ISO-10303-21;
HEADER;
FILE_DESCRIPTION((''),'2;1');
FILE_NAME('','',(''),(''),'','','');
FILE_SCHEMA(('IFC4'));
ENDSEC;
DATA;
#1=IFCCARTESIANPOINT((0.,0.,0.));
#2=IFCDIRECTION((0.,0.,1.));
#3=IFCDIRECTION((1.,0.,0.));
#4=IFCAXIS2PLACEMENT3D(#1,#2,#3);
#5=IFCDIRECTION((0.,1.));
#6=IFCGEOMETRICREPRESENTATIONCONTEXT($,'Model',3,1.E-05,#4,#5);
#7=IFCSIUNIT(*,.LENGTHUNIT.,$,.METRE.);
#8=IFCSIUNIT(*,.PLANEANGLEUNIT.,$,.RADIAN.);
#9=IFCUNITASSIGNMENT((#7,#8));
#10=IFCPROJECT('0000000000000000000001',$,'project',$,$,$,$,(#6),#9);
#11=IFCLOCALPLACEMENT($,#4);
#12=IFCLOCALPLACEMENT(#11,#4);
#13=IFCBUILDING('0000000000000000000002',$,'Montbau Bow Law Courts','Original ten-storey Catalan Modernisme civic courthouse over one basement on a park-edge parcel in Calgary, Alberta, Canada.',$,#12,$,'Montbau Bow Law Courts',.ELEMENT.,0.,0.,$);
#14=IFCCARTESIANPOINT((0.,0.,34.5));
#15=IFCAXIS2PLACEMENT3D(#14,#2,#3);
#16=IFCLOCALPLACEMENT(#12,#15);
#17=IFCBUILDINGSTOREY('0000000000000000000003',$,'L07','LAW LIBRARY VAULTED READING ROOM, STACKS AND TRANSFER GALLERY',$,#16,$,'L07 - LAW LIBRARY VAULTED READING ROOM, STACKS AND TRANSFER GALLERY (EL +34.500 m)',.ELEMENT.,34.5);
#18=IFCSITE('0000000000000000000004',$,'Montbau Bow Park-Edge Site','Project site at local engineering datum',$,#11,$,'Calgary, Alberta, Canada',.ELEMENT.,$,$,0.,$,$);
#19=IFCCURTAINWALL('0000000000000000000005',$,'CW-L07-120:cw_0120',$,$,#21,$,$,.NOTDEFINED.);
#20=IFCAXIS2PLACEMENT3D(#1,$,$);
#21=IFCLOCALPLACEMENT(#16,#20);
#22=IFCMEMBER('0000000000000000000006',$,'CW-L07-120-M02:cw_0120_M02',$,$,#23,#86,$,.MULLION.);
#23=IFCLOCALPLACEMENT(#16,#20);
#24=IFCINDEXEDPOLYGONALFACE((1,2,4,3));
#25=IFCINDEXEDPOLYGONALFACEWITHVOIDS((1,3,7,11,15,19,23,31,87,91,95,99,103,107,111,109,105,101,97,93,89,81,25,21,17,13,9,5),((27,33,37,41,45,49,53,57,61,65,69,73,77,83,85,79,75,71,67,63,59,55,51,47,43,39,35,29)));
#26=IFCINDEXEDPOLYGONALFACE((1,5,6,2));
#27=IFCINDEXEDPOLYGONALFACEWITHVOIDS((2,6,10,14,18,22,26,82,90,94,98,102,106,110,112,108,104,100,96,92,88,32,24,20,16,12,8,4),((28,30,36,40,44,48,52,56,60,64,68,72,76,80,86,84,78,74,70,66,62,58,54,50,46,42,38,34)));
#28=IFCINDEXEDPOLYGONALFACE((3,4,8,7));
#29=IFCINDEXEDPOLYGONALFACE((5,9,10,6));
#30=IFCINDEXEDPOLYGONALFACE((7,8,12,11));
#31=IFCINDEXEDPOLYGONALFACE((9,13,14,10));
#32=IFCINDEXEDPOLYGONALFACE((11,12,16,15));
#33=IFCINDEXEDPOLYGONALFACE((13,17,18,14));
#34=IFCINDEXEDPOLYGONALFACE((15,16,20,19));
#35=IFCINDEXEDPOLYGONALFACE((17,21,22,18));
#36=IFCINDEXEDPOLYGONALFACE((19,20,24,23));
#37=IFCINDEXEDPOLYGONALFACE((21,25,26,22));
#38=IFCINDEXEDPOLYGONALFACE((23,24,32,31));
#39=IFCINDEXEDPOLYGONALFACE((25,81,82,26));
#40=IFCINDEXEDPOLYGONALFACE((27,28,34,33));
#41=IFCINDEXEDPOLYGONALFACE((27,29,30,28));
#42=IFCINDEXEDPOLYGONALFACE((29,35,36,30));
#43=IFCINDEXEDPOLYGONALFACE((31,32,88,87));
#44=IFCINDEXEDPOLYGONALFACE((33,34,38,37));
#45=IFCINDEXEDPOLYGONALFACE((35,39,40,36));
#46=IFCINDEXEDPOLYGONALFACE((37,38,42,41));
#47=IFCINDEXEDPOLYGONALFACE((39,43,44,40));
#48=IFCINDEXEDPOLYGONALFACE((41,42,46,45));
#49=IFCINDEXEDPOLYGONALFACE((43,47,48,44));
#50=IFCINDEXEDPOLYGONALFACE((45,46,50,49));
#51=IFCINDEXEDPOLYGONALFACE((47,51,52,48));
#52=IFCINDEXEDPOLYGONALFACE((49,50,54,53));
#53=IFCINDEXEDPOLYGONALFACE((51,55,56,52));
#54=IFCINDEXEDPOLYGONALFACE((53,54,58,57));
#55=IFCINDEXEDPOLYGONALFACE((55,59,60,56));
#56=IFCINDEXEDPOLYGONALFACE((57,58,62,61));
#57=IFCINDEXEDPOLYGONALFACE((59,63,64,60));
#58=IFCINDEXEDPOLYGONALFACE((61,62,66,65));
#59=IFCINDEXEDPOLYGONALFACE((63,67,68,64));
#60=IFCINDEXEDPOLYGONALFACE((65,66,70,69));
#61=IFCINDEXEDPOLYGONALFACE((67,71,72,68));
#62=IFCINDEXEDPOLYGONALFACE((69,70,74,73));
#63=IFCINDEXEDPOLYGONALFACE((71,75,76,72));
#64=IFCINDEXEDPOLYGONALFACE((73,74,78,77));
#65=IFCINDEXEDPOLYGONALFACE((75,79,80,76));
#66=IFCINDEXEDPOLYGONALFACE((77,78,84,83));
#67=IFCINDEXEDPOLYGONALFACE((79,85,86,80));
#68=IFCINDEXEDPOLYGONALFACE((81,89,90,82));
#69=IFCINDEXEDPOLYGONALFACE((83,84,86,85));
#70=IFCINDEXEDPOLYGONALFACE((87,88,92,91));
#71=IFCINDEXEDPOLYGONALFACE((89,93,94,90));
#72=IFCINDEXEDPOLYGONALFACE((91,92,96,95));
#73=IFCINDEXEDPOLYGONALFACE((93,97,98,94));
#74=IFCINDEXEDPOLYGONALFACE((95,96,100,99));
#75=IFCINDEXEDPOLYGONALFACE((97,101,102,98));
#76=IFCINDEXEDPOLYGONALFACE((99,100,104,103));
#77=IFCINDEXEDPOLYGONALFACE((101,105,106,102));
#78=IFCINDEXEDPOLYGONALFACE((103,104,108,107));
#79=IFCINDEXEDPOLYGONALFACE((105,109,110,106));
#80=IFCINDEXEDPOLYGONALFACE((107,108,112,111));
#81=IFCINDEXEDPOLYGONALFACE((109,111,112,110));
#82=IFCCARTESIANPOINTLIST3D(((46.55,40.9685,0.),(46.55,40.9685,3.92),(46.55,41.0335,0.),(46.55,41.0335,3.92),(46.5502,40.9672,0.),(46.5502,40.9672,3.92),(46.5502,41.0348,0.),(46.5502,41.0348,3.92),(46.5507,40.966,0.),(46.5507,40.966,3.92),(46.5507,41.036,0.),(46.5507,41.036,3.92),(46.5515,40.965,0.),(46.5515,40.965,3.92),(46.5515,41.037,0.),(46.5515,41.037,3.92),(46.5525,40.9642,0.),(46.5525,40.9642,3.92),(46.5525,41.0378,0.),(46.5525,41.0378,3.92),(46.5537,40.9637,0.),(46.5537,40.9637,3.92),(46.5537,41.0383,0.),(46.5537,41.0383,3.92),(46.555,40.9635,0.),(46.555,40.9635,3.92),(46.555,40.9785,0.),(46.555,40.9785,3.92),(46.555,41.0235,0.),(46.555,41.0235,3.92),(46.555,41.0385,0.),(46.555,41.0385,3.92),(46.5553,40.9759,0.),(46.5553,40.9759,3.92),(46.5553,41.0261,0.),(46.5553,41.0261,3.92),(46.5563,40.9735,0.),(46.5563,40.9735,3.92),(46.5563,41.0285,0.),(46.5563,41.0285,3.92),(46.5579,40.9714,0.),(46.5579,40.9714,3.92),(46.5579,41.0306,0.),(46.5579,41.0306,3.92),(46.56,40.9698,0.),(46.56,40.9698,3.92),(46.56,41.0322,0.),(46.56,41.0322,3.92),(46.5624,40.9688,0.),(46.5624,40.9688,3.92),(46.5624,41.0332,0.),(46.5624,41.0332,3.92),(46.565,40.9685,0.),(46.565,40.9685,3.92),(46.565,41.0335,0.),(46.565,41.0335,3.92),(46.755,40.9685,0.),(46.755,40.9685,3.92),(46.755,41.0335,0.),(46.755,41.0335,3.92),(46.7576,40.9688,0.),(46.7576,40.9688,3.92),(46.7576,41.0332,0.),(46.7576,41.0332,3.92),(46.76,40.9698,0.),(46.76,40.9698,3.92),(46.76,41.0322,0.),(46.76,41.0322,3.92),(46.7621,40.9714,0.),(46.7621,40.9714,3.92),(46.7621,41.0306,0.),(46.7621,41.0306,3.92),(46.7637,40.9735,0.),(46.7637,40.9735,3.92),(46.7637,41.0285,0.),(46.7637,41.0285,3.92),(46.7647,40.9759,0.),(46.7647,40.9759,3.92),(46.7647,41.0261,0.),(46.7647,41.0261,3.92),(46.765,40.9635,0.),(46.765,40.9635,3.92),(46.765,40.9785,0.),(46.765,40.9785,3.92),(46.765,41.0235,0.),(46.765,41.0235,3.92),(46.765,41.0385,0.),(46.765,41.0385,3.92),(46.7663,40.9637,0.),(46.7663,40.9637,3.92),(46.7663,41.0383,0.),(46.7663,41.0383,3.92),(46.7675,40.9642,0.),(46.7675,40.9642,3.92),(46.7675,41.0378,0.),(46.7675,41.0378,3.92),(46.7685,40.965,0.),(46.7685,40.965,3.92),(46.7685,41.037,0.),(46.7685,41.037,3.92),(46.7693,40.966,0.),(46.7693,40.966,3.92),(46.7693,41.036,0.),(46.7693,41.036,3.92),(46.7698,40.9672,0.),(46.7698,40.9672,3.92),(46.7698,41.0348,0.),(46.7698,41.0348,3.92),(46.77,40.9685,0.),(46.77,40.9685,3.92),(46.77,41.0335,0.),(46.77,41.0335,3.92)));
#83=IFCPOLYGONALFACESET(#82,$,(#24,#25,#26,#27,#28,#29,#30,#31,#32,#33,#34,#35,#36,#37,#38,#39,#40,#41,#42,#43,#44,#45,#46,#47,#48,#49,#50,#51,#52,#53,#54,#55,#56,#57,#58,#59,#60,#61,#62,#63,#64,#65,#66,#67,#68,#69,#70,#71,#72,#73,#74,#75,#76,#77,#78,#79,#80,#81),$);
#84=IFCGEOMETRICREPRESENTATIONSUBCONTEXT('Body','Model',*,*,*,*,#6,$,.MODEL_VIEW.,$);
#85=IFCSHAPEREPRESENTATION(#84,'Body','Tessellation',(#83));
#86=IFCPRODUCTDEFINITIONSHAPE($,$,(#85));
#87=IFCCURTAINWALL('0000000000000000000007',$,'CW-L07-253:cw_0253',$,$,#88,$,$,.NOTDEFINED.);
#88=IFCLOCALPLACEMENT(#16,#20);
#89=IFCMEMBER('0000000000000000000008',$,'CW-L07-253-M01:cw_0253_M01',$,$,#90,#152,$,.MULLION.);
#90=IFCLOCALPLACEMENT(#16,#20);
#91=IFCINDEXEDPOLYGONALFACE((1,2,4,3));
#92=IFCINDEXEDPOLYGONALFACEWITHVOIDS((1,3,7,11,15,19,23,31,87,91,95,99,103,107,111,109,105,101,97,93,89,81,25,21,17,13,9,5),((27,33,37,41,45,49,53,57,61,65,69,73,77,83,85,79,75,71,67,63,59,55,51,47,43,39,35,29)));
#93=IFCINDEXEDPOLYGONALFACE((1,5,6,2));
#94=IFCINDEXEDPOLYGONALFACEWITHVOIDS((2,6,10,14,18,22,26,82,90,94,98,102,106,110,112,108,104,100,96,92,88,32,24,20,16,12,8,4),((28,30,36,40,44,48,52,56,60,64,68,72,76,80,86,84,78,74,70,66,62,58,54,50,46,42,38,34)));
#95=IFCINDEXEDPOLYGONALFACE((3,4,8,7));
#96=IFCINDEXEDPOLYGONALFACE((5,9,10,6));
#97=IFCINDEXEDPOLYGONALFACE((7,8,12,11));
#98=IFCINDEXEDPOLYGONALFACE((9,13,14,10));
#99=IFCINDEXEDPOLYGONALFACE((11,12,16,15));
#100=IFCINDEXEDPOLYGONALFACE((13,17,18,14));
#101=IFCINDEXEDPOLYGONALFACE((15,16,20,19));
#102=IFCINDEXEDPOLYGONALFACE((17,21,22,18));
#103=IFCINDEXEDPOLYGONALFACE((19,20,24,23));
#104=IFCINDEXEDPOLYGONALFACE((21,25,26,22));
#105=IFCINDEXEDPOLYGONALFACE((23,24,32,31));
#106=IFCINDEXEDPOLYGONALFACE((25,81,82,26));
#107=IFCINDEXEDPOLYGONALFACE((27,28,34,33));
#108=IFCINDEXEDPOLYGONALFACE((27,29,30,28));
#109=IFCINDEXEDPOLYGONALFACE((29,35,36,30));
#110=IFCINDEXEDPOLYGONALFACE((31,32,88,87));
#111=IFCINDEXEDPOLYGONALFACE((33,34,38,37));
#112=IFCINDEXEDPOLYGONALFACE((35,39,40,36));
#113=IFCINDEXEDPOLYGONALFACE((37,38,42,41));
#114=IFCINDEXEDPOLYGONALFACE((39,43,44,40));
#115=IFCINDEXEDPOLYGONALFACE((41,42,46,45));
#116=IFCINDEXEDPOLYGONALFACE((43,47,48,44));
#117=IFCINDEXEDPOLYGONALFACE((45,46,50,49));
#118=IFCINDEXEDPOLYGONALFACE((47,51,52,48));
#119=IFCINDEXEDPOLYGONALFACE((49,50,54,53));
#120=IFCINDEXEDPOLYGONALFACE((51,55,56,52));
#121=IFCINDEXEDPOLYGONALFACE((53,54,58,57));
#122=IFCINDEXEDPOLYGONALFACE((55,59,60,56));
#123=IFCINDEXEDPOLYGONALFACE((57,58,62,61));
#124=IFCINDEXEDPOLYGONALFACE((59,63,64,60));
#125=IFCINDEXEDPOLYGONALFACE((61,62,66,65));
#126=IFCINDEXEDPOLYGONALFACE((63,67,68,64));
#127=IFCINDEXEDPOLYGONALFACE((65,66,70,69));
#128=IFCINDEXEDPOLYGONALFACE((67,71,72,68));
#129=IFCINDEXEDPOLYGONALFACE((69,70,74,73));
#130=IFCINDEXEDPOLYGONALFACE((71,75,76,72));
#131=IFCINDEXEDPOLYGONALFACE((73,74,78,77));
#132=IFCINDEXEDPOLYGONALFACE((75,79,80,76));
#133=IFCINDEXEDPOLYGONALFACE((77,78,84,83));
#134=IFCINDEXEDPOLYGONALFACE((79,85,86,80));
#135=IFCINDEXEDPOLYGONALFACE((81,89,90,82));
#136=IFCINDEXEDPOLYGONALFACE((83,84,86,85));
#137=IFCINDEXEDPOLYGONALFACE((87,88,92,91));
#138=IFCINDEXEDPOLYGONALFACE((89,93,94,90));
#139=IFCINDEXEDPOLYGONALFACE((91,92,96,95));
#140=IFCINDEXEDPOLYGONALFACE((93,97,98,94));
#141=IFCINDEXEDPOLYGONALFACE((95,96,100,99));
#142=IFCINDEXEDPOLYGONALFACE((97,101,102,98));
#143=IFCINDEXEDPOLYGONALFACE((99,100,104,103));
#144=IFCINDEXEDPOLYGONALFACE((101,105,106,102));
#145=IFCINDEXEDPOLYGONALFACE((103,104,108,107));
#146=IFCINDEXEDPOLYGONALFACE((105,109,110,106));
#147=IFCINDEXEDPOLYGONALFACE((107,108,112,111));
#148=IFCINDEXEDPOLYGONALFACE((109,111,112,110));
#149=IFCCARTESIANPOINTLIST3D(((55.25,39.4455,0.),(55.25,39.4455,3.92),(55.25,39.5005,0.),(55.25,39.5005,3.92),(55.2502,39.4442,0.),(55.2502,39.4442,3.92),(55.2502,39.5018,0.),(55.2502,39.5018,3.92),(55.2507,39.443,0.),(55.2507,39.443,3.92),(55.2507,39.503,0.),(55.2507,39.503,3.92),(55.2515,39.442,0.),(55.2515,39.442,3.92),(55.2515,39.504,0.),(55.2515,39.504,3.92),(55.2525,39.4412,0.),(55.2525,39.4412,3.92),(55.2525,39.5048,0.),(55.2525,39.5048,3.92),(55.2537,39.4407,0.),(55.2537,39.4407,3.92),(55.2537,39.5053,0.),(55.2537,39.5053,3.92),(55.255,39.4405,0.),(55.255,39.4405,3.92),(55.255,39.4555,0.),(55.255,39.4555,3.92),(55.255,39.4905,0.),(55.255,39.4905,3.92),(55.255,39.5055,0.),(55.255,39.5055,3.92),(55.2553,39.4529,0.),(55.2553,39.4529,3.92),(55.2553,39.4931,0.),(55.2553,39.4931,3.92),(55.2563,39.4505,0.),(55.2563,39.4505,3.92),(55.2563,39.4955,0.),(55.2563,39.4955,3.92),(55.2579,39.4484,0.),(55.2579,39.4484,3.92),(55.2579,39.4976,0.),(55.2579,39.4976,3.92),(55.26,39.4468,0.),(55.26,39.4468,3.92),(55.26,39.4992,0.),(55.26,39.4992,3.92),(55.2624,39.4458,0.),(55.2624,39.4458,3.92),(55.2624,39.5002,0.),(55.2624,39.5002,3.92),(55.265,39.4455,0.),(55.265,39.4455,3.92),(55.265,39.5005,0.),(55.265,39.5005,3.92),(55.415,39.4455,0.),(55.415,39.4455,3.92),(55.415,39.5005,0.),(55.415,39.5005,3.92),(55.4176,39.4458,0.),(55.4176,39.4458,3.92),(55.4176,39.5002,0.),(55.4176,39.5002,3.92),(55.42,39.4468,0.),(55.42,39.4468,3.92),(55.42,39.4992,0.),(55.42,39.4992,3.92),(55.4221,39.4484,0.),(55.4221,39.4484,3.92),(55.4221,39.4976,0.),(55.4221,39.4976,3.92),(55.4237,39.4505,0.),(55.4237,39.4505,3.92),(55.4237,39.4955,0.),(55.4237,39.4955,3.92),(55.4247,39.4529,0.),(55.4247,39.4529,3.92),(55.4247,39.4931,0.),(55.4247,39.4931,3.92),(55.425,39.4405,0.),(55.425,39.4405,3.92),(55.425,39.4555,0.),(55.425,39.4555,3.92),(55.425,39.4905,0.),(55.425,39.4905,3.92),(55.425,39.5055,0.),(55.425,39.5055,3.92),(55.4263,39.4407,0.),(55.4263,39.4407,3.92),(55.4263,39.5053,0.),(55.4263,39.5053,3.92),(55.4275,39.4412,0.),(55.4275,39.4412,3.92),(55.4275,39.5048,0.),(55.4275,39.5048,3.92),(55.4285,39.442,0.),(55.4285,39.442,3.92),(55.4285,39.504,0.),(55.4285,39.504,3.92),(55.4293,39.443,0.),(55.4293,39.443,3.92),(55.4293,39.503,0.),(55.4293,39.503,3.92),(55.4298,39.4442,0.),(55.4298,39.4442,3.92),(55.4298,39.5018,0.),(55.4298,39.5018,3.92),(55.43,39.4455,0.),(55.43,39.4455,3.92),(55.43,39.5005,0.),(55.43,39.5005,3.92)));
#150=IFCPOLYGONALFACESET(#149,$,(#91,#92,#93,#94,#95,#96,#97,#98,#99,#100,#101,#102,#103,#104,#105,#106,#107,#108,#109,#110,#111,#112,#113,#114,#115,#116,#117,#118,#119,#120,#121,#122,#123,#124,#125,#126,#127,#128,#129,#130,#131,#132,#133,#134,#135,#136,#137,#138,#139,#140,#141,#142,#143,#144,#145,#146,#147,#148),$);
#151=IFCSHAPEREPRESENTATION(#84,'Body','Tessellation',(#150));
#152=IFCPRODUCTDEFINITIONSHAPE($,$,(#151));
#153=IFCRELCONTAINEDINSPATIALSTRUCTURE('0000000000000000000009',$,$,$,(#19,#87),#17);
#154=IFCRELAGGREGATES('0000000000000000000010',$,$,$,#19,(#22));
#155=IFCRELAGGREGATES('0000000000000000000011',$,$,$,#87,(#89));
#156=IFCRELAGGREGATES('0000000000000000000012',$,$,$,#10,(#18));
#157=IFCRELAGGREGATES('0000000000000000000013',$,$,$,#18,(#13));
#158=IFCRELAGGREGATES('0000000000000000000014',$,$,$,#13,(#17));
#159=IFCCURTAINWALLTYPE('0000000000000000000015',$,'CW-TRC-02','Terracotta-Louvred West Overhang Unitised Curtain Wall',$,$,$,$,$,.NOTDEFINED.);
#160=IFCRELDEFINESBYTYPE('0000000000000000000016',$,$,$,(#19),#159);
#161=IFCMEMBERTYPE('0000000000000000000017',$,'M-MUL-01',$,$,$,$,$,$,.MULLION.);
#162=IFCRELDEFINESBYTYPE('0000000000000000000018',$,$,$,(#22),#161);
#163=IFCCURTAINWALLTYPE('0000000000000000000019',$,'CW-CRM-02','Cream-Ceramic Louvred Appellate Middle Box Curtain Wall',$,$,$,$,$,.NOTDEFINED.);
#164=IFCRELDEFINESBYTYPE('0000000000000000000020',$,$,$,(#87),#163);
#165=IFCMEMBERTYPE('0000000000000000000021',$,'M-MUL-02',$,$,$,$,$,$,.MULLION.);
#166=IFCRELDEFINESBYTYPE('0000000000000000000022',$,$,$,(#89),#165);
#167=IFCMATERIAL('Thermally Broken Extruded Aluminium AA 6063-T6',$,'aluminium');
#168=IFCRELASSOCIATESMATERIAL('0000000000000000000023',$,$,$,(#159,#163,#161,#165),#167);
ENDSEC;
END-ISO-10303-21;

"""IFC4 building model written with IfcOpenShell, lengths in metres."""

from ifc_helpers import new_model, si_unit, direction, frame, origin_with_axes, origin_2d_with_axis, place, context, subcontext, project, spatial, hollow_rectangle, extrude, material, material_profile, profile_set, type_object, element, aggregate, save


model = new_model("IFC4")

# Units and contexts
model_context = context("Model", 3, precision=1e-05, world=origin_with_axes(), true_north=direction((0.0, 1.0)))
body_context = subcontext(model_context, "Body", "Model", "MODEL_VIEW")
ifc_project = project(units=[si_unit("LENGTHUNIT", "METRE"), si_unit("PLANEANGLEUNIT", "RADIAN")], contexts=[model_context])

# Site, building, storey
site_placement = place(None, origin_with_axes())
site = spatial("IfcSite", under=ifc_project, at=site_placement, Name="Montbau Bow Park-Edge Site", Description="Project site at local engineering datum", LongName="Calgary, Alberta, Canada", CompositionType="ELEMENT", RefElevation=0.0)
building_placement = place(site_placement, origin_with_axes())
building = spatial("IfcBuilding", under=site, at=building_placement, Name="Montbau Bow Law Courts", Description="Original ten-storey Catalan Modernisme civic courthouse over one basement on a park-edge parcel in Calgary, Alberta, Canada.", LongName="Montbau Bow Law Courts", CompositionType="ELEMENT", ElevationOfRefHeight=0.0, ElevationOfTerrain=0.0)
storey_placement = place(building_placement, frame((0.0, 0.0, 34.5), z_axis=(0.0, 0.0, 1.0), x_axis=(1.0, 0.0, 0.0)))
storey = spatial("IfcBuildingStorey", under=building, at=storey_placement, Name="L07", Description="LAW LIBRARY VAULTED READING ROOM, STACKS AND TRANSFER GALLERY", LongName="L07 - LAW LIBRARY VAULTED READING ROOM, STACKS AND TRANSFER GALLERY (EL +34.500 m)", CompositionType="ELEMENT", Elevation=34.5)

# Curtain wall, member
ifc_material_1 = material(Name="Thermally Broken Extruded Aluminium AA 6063-T6", Category="aluminium")
curtain_wall_type_1 = type_object("IfcCurtainWallType", Name="CW-TRC-02", Description="Terracotta-Louvred West Overhang Unitised Curtain Wall", PredefinedType="NOTDEFINED", material=ifc_material_1)
curtain_wall_1_placement = place(None, frame((46.66, 39.44, 34.5), z_axis=(0.0, 0.0, 1.0), x_axis=(1.0, 0.0, 0.0)))
curtain_wall_1 = element("IfcCurtainWall", 1, at=curtain_wall_1_placement, inside=storey, type_object=curtain_wall_type_1, Name="CW-L07-120:cw_0120", PredefinedType="NOTDEFINED")
ifc_material_profile_1 = material_profile(ifc_material_1, hollow_rectangle(XDim=0.075, YDim=0.22, WallThickness=0.005, InnerFilletRadius=0.01, OuterFilletRadius=0.005, at=origin_2d_with_axis()), Name="CWM-220X75", Category="Main", Priority=0)
ifc_profile_set_1 = profile_set([ifc_material_profile_1], Name="Thermally Broken Extruded Aluminium AA 6063-T6")
member_type_1 = type_object("IfcMemberType", Name="M-MUL-01", PredefinedType="MULLION", material=ifc_profile_set_1)
member_1_placement = place(None, frame((46.66, 41.001, 34.5), z_axis=(0.0, 0.0, 1.0), x_axis=(0.0, 1.0, 0.0)))
member_1 = element("IfcMember", 2, at=member_1_placement, type_object=member_type_1, Name="CW-L07-120-M02:cw_0120_M02", PredefinedType="MULLION", context=body_context, shape_type="SweptSolid", body=[
    extrude(hollow_rectangle(XDim=0.075, YDim=0.22, WallThickness=0.005, InnerFilletRadius=0.01, OuterFilletRadius=0.005, at=origin_2d_with_axis()), origin_with_axes(), (0.0, 0.0, 1.0), 3.92),
])

# Curtain wall, member
curtain_wall_type_2 = type_object("IfcCurtainWallType", Name="CW-CRM-02", Description="Cream-Ceramic Louvred Appellate Middle Box Curtain Wall", PredefinedType="NOTDEFINED", material=ifc_material_1)
curtain_wall_2_placement = place(None, frame((55.34, 39.44, 34.5), z_axis=(0.0, 0.0, 1.0), x_axis=(1.0, 0.0, 0.0)))
curtain_wall_2 = element("IfcCurtainWall", 3, at=curtain_wall_2_placement, inside=storey, type_object=curtain_wall_type_2, Name="CW-L07-253:cw_0253", PredefinedType="NOTDEFINED")
ifc_material_profile_2 = material_profile(ifc_material_1, hollow_rectangle(XDim=0.065, YDim=0.18, WallThickness=0.005, InnerFilletRadius=0.01, OuterFilletRadius=0.005, at=origin_2d_with_axis()), Name="CWM-180X65", Category="Main", Priority=0)
ifc_profile_set_2 = profile_set([ifc_material_profile_2], Name="Thermally Broken Extruded Aluminium AA 6063-T6")
member_type_2 = type_object("IfcMemberType", Name="M-MUL-02", PredefinedType="MULLION", material=ifc_profile_set_2)
member_2_placement = place(None, frame((55.34, 39.473, 34.5), z_axis=(0.0, 0.0, 1.0), x_axis=(0.0, 1.0, 0.0)))
member_2 = element("IfcMember", 4, at=member_2_placement, type_object=member_type_2, Name="CW-L07-253-M01:cw_0253_M01", PredefinedType="MULLION", context=body_context, shape_type="SweptSolid", body=[
    extrude(hollow_rectangle(XDim=0.065, YDim=0.18, WallThickness=0.005, InnerFilletRadius=0.01, OuterFilletRadius=0.005, at=origin_2d_with_axis()), origin_with_axes(), (0.0, 0.0, 1.0), 3.92),
])

aggregate(curtain_wall_1, [member_1])
aggregate(curtain_wall_2, [member_2])

save(model, "model.ifc")
